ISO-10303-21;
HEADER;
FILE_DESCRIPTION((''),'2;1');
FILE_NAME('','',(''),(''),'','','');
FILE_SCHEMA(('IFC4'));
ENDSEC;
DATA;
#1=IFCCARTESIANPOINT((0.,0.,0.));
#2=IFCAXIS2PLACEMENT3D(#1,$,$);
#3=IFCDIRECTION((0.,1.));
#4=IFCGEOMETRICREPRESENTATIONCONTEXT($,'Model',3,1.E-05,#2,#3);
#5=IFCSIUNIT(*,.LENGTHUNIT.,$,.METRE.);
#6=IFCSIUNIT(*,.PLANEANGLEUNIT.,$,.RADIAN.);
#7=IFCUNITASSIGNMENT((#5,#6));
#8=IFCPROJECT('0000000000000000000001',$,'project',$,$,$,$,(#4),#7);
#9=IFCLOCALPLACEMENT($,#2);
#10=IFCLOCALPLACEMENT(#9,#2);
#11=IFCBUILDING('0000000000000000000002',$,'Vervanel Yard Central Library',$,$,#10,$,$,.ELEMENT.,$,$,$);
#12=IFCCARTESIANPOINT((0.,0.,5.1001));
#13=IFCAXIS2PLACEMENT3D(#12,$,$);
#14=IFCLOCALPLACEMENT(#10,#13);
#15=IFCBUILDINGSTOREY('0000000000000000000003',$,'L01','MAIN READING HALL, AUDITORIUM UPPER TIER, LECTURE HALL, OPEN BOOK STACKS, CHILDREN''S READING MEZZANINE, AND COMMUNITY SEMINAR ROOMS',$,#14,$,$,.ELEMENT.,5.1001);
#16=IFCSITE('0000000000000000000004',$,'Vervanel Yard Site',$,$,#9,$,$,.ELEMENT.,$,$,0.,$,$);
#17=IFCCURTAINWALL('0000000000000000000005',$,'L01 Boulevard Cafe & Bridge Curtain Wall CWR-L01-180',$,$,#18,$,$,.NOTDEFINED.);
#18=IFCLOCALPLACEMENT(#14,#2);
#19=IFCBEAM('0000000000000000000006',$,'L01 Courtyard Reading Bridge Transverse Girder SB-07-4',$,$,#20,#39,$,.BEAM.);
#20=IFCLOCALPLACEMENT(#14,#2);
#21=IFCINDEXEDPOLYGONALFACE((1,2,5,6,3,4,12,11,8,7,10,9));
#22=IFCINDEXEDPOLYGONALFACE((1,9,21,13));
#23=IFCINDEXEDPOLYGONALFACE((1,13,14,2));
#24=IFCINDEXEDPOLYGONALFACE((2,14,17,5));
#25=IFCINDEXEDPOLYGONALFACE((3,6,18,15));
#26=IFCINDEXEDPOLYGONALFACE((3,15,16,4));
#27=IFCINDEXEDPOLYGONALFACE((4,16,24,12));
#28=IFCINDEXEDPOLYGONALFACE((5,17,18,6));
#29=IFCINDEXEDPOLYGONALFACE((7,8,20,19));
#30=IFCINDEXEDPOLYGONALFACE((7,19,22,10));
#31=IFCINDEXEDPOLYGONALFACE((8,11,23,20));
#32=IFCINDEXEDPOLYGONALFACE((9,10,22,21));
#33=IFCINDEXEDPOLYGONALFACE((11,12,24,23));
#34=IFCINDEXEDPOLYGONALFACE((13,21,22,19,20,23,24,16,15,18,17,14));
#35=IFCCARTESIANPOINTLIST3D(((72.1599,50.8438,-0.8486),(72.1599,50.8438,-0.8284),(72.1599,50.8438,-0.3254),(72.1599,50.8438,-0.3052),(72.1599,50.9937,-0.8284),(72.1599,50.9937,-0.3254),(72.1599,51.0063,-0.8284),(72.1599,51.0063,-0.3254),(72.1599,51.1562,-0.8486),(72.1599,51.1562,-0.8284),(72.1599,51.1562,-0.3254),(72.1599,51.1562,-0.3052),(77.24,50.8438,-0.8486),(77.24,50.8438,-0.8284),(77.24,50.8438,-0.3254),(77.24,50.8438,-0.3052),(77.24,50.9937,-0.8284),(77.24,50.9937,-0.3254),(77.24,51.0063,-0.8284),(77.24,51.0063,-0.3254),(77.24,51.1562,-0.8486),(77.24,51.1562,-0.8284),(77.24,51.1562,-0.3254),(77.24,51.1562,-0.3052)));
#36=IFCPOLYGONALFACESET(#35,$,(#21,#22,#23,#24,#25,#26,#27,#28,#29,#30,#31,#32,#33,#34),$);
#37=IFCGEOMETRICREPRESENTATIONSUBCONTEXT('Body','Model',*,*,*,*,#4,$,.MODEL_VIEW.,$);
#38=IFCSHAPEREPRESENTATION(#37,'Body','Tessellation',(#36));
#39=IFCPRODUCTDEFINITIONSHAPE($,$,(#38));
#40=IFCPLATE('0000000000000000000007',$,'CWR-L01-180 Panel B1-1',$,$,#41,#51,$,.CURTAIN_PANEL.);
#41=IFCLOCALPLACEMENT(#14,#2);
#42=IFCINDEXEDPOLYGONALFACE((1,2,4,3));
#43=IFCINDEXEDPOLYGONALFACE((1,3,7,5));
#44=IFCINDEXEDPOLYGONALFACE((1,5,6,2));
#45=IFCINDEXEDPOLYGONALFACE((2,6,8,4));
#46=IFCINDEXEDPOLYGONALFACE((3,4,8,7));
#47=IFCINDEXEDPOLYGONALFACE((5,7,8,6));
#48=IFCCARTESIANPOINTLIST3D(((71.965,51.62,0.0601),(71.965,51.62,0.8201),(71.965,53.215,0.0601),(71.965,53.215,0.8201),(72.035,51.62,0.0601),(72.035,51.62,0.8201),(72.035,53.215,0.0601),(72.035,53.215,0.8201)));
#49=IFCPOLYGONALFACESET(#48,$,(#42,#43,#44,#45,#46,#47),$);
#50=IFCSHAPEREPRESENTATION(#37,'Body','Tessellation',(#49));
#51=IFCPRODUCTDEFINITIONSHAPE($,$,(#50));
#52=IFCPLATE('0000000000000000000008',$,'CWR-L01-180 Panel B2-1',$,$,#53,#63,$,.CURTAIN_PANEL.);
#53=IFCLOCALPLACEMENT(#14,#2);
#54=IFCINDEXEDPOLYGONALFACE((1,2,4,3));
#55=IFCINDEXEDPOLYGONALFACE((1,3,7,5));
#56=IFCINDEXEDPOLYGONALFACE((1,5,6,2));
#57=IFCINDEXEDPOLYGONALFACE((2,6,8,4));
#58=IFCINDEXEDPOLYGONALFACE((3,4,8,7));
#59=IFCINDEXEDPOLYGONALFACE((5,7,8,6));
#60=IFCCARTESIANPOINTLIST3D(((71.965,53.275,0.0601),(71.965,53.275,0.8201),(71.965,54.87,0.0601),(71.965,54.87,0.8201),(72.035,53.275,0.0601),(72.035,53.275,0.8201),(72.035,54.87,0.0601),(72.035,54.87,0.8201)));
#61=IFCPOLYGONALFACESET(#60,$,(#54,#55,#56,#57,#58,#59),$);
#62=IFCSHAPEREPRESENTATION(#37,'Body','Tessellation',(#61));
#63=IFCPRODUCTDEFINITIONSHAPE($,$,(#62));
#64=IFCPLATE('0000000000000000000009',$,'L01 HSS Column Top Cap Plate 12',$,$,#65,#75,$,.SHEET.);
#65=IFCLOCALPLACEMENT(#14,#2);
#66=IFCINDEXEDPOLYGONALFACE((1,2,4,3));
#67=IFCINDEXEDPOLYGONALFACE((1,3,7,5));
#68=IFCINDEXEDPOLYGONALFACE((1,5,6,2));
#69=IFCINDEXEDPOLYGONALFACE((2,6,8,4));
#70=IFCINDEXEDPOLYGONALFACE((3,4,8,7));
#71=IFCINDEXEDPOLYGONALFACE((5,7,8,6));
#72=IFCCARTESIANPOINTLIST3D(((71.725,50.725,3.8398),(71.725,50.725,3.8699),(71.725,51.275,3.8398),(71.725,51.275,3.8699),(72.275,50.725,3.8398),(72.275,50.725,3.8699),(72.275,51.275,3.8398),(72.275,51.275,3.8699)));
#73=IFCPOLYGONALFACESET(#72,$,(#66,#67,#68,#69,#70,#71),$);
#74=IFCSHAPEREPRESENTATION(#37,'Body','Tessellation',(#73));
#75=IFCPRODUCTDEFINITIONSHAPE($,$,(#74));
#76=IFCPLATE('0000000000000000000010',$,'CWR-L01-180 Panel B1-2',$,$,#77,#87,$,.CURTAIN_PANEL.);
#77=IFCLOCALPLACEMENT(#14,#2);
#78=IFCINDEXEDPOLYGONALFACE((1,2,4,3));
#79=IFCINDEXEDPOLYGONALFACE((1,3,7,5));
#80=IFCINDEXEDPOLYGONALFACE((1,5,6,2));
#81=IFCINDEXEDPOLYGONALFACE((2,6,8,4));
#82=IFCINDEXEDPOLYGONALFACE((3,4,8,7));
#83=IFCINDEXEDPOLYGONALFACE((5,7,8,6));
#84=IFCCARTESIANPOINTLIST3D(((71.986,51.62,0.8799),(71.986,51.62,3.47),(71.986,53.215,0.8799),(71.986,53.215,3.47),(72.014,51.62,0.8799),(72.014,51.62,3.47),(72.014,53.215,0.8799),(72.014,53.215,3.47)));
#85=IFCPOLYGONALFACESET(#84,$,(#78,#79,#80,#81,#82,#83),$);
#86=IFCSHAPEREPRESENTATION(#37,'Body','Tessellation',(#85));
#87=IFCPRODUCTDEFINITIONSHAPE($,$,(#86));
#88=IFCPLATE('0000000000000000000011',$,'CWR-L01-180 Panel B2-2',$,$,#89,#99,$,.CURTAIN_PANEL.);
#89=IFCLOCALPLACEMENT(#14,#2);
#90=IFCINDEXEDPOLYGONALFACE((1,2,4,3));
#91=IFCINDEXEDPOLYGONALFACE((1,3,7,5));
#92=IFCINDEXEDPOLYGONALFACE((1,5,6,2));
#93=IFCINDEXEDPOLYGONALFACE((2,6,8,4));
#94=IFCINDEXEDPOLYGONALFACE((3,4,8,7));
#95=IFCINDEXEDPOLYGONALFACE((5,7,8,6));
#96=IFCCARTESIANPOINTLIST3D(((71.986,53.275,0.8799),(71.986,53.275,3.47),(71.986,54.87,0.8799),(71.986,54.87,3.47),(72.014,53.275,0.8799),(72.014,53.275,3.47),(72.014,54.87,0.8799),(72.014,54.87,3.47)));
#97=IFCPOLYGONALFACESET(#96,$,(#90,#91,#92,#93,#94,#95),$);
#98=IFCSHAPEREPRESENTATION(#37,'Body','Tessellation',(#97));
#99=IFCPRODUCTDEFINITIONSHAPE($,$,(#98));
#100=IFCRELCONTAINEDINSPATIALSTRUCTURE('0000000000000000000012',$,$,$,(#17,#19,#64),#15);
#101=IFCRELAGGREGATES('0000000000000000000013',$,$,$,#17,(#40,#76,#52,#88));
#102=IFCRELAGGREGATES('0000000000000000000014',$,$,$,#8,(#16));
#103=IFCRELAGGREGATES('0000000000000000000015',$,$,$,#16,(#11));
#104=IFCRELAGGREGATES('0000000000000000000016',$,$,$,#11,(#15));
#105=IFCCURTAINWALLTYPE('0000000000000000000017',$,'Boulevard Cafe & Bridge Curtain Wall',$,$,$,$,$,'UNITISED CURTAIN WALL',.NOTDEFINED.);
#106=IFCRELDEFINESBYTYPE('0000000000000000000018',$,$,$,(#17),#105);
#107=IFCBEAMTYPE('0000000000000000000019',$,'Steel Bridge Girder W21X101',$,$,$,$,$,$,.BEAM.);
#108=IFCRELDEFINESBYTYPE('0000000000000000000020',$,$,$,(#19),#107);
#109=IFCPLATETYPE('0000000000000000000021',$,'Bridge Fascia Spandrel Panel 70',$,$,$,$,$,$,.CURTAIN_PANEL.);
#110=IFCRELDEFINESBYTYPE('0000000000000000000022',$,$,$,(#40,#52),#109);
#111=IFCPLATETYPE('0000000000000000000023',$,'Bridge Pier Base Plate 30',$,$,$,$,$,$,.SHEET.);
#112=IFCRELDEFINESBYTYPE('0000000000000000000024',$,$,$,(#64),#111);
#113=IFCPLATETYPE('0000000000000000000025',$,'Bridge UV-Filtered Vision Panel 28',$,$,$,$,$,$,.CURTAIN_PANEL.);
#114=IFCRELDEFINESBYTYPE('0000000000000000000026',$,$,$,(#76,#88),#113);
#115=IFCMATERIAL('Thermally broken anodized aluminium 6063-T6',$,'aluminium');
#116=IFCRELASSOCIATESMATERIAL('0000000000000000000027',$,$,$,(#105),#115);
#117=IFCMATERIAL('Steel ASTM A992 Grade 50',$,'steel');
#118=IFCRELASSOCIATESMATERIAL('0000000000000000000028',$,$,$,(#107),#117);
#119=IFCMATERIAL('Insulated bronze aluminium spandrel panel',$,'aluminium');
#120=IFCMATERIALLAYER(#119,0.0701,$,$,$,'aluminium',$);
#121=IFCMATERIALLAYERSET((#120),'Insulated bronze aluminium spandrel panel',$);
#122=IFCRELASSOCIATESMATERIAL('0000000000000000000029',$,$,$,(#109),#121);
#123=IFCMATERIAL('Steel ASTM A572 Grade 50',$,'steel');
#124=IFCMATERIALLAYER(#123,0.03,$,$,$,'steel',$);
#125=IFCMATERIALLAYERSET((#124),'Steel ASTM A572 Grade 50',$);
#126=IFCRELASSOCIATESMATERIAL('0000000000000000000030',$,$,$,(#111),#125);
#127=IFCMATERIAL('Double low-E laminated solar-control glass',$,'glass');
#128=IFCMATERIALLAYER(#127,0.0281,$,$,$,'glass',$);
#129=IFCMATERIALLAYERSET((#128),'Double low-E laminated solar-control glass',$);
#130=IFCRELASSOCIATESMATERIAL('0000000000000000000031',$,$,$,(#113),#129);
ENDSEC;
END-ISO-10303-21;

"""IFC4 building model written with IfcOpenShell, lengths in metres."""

from ifc_helpers import new_model, si_unit, direction, frame, origin, origin_2d, place, context, subcontext, project, spatial, rectangle, i_section, extrude, material, layer, layer_set, material_profile, profile_set, type_object, element, aggregate, save


model = new_model("IFC4")

# Units and contexts
model_context = context("Model", 3, precision=1e-05, world=origin(), true_north=direction((0.0, 1.0)))
body_context = subcontext(model_context, "Body", "Model", "MODEL_VIEW")
ifc_project = project(units=[si_unit("LENGTHUNIT", "METRE"), si_unit("PLANEANGLEUNIT", "RADIAN")], contexts=[model_context])

# Site, building, storey
site_placement = place(None, origin())
site = spatial("IfcSite", under=ifc_project, at=site_placement, Name="Vervanel Yard Site", CompositionType="ELEMENT", RefElevation=0.0)
building_placement = place(site_placement, origin())
building = spatial("IfcBuilding", under=site, at=building_placement, Name="Vervanel Yard Central Library", CompositionType="ELEMENT")
storey_placement = place(building_placement, frame((0.0, 0.0, 5.1001)))
storey = spatial("IfcBuildingStorey", under=building, at=storey_placement, Name="L01", Description="MAIN READING HALL, AUDITORIUM UPPER TIER, LECTURE HALL, OPEN BOOK STACKS, CHILDREN'S READING MEZZANINE, AND COMMUNITY SEMINAR ROOMS", CompositionType="ELEMENT", Elevation=5.1001)

# Shared definitions
ifc_material_1 = material(Name="Thermally broken anodized aluminium 6063-T6", Category="aluminium")
curtain_wall_type = type_object("IfcCurtainWallType", Name="Boulevard Cafe & Bridge Curtain Wall", ElementType="UNITISED CURTAIN WALL", PredefinedType="NOTDEFINED", material=ifc_material_1)

# Curtain wall
curtain_wall_1_placement = place(storey_placement, origin())
curtain_wall_1 = element("IfcCurtainWall", 1, at=curtain_wall_1_placement, inside=storey, type_object=curtain_wall_type, Name="L01 Boulevard Cafe & Bridge Curtain Wall CWR-L01-180", PredefinedType="NOTDEFINED")

# Beam
ifc_material_2 = material(Name="Steel ASTM A992 Grade 50", Category="steel")
ifc_material_profile_1 = material_profile(ifc_material_2, i_section(OverallWidth=0.3125, OverallDepth=0.5435, WebThickness=0.0127, FlangeThickness=0.0203, at=origin_2d()), Name="W21X101", Category="steel")
ifc_profile_set_1 = profile_set([ifc_material_profile_1], Name="Steel ASTM A992 Grade 50")
beam_type_1 = type_object("IfcBeamType", Name="Steel Bridge Girder W21X101", PredefinedType="BEAM", material=ifc_profile_set_1)
beam_placement = place(storey_placement, frame((72.1599, 51.0, -0.5769), z_axis=(1.0, 0.0, 0.0), x_axis=(0.0, 1.0, 0.0)))
element("IfcBeam", 2, at=beam_placement, inside=storey, type_object=beam_type_1, Name="L01 Courtyard Reading Bridge Transverse Girder SB-07-4", PredefinedType="BEAM", context=body_context, shape_type="SweptSolid", body=[
    extrude(i_section(OverallWidth=0.3125, OverallDepth=0.5435, WebThickness=0.0127, FlangeThickness=0.0203, at=origin_2d()), origin(), (0.0, 0.0, 1.0), 5.0801),
])

# Plates
ifc_material_3 = material(Name="Insulated bronze aluminium spandrel panel", Category="aluminium")
ifc_layer_1 = layer(ifc_material_3, 0.0701, Category="aluminium")
ifc_layer_set_1 = layer_set([ifc_layer_1], Name="Insulated bronze aluminium spandrel panel")
plate_type_1 = type_object("IfcPlateType", Name="Bridge Fascia Spandrel Panel 70", PredefinedType="CURTAIN_PANEL", material=ifc_layer_set_1)
plate_1_placement = place(storey_placement, frame((72.0, 52.4175, 0.0601), z_axis=(0.0, 0.0, 1.0), x_axis=(0.0, 1.0, 0.0)))
plate_1 = element("IfcPlate", 3, at=plate_1_placement, type_object=plate_type_1, Name="CWR-L01-180 Panel B1-1", PredefinedType="CURTAIN_PANEL", context=body_context, shape_type="SweptSolid", body=[
    extrude(rectangle(XDim=1.595, YDim=0.0701, at=origin_2d()), origin(), (0.0, 0.0, 1.0), 0.76),
])
plate_2_placement = place(storey_placement, frame((72.0, 54.0725, 0.0601), z_axis=(0.0, 0.0, 1.0), x_axis=(0.0, 1.0, 0.0)))
plate_2 = element("IfcPlate", 4, at=plate_2_placement, type_object=plate_type_1, Name="CWR-L01-180 Panel B2-1", PredefinedType="CURTAIN_PANEL", context=body_context, shape_type="SweptSolid", body=[
    extrude(rectangle(XDim=1.595, YDim=0.0701, at=origin_2d()), origin(), (0.0, 0.0, 1.0), 0.76),
])
ifc_material_4 = material(Name="Steel ASTM A572 Grade 50", Category="steel")
ifc_layer_2 = layer(ifc_material_4, 0.03, Category="steel")
ifc_layer_set_2 = layer_set([ifc_layer_2], Name="Steel ASTM A572 Grade 50")
plate_type_2 = type_object("IfcPlateType", Name="Bridge Pier Base Plate 30", PredefinedType="SHEET", material=ifc_layer_set_2)
plate_3_placement = place(storey_placement, frame((72.0, 51.0, 3.8398), z_axis=(0.0, 0.0, 1.0), x_axis=(1.0, 0.0, 0.0)))
element("IfcPlate", 5, at=plate_3_placement, inside=storey, type_object=plate_type_2, Name="L01 HSS Column Top Cap Plate 12", PredefinedType="SHEET", context=body_context, shape_type="SweptSolid", body=[
    extrude(rectangle(XDim=0.55, YDim=0.55, at=origin_2d()), origin(), (0.0, 0.0, 1.0), 0.03),
])
ifc_material_5 = material(Name="Double low-E laminated solar-control glass", Category="glass")
ifc_layer_3 = layer(ifc_material_5, 0.0281, Category="glass")
ifc_layer_set_3 = layer_set([ifc_layer_3], Name="Double low-E laminated solar-control glass")
plate_type_3 = type_object("IfcPlateType", Name="Bridge UV-Filtered Vision Panel 28", PredefinedType="CURTAIN_PANEL", material=ifc_layer_set_3)
plate_4_placement = place(storey_placement, frame((72.0, 52.4175, 0.8799), z_axis=(0.0, 0.0, 1.0), x_axis=(0.0, 1.0, 0.0)))
plate_4 = element("IfcPlate", 6, at=plate_4_placement, type_object=plate_type_3, Name="CWR-L01-180 Panel B1-2", PredefinedType="CURTAIN_PANEL", context=body_context, shape_type="SweptSolid", body=[
    extrude(rectangle(XDim=1.595, YDim=0.0281, at=origin_2d()), origin(), (0.0, 0.0, 1.0), 2.5901),
])
plate_5_placement = place(storey_placement, frame((72.0, 54.0725, 0.8799), z_axis=(0.0, 0.0, 1.0), x_axis=(0.0, 1.0, 0.0)))
plate_5 = element("IfcPlate", 7, at=plate_5_placement, type_object=plate_type_3, Name="CWR-L01-180 Panel B2-2", PredefinedType="CURTAIN_PANEL", context=body_context, shape_type="SweptSolid", body=[
    extrude(rectangle(XDim=1.595, YDim=0.0281, at=origin_2d()), origin(), (0.0, 0.0, 1.0), 2.5901),
])
aggregate(curtain_wall_1, [plate_1, plate_4, plate_2, plate_5])

save(model, "model.ifc")
